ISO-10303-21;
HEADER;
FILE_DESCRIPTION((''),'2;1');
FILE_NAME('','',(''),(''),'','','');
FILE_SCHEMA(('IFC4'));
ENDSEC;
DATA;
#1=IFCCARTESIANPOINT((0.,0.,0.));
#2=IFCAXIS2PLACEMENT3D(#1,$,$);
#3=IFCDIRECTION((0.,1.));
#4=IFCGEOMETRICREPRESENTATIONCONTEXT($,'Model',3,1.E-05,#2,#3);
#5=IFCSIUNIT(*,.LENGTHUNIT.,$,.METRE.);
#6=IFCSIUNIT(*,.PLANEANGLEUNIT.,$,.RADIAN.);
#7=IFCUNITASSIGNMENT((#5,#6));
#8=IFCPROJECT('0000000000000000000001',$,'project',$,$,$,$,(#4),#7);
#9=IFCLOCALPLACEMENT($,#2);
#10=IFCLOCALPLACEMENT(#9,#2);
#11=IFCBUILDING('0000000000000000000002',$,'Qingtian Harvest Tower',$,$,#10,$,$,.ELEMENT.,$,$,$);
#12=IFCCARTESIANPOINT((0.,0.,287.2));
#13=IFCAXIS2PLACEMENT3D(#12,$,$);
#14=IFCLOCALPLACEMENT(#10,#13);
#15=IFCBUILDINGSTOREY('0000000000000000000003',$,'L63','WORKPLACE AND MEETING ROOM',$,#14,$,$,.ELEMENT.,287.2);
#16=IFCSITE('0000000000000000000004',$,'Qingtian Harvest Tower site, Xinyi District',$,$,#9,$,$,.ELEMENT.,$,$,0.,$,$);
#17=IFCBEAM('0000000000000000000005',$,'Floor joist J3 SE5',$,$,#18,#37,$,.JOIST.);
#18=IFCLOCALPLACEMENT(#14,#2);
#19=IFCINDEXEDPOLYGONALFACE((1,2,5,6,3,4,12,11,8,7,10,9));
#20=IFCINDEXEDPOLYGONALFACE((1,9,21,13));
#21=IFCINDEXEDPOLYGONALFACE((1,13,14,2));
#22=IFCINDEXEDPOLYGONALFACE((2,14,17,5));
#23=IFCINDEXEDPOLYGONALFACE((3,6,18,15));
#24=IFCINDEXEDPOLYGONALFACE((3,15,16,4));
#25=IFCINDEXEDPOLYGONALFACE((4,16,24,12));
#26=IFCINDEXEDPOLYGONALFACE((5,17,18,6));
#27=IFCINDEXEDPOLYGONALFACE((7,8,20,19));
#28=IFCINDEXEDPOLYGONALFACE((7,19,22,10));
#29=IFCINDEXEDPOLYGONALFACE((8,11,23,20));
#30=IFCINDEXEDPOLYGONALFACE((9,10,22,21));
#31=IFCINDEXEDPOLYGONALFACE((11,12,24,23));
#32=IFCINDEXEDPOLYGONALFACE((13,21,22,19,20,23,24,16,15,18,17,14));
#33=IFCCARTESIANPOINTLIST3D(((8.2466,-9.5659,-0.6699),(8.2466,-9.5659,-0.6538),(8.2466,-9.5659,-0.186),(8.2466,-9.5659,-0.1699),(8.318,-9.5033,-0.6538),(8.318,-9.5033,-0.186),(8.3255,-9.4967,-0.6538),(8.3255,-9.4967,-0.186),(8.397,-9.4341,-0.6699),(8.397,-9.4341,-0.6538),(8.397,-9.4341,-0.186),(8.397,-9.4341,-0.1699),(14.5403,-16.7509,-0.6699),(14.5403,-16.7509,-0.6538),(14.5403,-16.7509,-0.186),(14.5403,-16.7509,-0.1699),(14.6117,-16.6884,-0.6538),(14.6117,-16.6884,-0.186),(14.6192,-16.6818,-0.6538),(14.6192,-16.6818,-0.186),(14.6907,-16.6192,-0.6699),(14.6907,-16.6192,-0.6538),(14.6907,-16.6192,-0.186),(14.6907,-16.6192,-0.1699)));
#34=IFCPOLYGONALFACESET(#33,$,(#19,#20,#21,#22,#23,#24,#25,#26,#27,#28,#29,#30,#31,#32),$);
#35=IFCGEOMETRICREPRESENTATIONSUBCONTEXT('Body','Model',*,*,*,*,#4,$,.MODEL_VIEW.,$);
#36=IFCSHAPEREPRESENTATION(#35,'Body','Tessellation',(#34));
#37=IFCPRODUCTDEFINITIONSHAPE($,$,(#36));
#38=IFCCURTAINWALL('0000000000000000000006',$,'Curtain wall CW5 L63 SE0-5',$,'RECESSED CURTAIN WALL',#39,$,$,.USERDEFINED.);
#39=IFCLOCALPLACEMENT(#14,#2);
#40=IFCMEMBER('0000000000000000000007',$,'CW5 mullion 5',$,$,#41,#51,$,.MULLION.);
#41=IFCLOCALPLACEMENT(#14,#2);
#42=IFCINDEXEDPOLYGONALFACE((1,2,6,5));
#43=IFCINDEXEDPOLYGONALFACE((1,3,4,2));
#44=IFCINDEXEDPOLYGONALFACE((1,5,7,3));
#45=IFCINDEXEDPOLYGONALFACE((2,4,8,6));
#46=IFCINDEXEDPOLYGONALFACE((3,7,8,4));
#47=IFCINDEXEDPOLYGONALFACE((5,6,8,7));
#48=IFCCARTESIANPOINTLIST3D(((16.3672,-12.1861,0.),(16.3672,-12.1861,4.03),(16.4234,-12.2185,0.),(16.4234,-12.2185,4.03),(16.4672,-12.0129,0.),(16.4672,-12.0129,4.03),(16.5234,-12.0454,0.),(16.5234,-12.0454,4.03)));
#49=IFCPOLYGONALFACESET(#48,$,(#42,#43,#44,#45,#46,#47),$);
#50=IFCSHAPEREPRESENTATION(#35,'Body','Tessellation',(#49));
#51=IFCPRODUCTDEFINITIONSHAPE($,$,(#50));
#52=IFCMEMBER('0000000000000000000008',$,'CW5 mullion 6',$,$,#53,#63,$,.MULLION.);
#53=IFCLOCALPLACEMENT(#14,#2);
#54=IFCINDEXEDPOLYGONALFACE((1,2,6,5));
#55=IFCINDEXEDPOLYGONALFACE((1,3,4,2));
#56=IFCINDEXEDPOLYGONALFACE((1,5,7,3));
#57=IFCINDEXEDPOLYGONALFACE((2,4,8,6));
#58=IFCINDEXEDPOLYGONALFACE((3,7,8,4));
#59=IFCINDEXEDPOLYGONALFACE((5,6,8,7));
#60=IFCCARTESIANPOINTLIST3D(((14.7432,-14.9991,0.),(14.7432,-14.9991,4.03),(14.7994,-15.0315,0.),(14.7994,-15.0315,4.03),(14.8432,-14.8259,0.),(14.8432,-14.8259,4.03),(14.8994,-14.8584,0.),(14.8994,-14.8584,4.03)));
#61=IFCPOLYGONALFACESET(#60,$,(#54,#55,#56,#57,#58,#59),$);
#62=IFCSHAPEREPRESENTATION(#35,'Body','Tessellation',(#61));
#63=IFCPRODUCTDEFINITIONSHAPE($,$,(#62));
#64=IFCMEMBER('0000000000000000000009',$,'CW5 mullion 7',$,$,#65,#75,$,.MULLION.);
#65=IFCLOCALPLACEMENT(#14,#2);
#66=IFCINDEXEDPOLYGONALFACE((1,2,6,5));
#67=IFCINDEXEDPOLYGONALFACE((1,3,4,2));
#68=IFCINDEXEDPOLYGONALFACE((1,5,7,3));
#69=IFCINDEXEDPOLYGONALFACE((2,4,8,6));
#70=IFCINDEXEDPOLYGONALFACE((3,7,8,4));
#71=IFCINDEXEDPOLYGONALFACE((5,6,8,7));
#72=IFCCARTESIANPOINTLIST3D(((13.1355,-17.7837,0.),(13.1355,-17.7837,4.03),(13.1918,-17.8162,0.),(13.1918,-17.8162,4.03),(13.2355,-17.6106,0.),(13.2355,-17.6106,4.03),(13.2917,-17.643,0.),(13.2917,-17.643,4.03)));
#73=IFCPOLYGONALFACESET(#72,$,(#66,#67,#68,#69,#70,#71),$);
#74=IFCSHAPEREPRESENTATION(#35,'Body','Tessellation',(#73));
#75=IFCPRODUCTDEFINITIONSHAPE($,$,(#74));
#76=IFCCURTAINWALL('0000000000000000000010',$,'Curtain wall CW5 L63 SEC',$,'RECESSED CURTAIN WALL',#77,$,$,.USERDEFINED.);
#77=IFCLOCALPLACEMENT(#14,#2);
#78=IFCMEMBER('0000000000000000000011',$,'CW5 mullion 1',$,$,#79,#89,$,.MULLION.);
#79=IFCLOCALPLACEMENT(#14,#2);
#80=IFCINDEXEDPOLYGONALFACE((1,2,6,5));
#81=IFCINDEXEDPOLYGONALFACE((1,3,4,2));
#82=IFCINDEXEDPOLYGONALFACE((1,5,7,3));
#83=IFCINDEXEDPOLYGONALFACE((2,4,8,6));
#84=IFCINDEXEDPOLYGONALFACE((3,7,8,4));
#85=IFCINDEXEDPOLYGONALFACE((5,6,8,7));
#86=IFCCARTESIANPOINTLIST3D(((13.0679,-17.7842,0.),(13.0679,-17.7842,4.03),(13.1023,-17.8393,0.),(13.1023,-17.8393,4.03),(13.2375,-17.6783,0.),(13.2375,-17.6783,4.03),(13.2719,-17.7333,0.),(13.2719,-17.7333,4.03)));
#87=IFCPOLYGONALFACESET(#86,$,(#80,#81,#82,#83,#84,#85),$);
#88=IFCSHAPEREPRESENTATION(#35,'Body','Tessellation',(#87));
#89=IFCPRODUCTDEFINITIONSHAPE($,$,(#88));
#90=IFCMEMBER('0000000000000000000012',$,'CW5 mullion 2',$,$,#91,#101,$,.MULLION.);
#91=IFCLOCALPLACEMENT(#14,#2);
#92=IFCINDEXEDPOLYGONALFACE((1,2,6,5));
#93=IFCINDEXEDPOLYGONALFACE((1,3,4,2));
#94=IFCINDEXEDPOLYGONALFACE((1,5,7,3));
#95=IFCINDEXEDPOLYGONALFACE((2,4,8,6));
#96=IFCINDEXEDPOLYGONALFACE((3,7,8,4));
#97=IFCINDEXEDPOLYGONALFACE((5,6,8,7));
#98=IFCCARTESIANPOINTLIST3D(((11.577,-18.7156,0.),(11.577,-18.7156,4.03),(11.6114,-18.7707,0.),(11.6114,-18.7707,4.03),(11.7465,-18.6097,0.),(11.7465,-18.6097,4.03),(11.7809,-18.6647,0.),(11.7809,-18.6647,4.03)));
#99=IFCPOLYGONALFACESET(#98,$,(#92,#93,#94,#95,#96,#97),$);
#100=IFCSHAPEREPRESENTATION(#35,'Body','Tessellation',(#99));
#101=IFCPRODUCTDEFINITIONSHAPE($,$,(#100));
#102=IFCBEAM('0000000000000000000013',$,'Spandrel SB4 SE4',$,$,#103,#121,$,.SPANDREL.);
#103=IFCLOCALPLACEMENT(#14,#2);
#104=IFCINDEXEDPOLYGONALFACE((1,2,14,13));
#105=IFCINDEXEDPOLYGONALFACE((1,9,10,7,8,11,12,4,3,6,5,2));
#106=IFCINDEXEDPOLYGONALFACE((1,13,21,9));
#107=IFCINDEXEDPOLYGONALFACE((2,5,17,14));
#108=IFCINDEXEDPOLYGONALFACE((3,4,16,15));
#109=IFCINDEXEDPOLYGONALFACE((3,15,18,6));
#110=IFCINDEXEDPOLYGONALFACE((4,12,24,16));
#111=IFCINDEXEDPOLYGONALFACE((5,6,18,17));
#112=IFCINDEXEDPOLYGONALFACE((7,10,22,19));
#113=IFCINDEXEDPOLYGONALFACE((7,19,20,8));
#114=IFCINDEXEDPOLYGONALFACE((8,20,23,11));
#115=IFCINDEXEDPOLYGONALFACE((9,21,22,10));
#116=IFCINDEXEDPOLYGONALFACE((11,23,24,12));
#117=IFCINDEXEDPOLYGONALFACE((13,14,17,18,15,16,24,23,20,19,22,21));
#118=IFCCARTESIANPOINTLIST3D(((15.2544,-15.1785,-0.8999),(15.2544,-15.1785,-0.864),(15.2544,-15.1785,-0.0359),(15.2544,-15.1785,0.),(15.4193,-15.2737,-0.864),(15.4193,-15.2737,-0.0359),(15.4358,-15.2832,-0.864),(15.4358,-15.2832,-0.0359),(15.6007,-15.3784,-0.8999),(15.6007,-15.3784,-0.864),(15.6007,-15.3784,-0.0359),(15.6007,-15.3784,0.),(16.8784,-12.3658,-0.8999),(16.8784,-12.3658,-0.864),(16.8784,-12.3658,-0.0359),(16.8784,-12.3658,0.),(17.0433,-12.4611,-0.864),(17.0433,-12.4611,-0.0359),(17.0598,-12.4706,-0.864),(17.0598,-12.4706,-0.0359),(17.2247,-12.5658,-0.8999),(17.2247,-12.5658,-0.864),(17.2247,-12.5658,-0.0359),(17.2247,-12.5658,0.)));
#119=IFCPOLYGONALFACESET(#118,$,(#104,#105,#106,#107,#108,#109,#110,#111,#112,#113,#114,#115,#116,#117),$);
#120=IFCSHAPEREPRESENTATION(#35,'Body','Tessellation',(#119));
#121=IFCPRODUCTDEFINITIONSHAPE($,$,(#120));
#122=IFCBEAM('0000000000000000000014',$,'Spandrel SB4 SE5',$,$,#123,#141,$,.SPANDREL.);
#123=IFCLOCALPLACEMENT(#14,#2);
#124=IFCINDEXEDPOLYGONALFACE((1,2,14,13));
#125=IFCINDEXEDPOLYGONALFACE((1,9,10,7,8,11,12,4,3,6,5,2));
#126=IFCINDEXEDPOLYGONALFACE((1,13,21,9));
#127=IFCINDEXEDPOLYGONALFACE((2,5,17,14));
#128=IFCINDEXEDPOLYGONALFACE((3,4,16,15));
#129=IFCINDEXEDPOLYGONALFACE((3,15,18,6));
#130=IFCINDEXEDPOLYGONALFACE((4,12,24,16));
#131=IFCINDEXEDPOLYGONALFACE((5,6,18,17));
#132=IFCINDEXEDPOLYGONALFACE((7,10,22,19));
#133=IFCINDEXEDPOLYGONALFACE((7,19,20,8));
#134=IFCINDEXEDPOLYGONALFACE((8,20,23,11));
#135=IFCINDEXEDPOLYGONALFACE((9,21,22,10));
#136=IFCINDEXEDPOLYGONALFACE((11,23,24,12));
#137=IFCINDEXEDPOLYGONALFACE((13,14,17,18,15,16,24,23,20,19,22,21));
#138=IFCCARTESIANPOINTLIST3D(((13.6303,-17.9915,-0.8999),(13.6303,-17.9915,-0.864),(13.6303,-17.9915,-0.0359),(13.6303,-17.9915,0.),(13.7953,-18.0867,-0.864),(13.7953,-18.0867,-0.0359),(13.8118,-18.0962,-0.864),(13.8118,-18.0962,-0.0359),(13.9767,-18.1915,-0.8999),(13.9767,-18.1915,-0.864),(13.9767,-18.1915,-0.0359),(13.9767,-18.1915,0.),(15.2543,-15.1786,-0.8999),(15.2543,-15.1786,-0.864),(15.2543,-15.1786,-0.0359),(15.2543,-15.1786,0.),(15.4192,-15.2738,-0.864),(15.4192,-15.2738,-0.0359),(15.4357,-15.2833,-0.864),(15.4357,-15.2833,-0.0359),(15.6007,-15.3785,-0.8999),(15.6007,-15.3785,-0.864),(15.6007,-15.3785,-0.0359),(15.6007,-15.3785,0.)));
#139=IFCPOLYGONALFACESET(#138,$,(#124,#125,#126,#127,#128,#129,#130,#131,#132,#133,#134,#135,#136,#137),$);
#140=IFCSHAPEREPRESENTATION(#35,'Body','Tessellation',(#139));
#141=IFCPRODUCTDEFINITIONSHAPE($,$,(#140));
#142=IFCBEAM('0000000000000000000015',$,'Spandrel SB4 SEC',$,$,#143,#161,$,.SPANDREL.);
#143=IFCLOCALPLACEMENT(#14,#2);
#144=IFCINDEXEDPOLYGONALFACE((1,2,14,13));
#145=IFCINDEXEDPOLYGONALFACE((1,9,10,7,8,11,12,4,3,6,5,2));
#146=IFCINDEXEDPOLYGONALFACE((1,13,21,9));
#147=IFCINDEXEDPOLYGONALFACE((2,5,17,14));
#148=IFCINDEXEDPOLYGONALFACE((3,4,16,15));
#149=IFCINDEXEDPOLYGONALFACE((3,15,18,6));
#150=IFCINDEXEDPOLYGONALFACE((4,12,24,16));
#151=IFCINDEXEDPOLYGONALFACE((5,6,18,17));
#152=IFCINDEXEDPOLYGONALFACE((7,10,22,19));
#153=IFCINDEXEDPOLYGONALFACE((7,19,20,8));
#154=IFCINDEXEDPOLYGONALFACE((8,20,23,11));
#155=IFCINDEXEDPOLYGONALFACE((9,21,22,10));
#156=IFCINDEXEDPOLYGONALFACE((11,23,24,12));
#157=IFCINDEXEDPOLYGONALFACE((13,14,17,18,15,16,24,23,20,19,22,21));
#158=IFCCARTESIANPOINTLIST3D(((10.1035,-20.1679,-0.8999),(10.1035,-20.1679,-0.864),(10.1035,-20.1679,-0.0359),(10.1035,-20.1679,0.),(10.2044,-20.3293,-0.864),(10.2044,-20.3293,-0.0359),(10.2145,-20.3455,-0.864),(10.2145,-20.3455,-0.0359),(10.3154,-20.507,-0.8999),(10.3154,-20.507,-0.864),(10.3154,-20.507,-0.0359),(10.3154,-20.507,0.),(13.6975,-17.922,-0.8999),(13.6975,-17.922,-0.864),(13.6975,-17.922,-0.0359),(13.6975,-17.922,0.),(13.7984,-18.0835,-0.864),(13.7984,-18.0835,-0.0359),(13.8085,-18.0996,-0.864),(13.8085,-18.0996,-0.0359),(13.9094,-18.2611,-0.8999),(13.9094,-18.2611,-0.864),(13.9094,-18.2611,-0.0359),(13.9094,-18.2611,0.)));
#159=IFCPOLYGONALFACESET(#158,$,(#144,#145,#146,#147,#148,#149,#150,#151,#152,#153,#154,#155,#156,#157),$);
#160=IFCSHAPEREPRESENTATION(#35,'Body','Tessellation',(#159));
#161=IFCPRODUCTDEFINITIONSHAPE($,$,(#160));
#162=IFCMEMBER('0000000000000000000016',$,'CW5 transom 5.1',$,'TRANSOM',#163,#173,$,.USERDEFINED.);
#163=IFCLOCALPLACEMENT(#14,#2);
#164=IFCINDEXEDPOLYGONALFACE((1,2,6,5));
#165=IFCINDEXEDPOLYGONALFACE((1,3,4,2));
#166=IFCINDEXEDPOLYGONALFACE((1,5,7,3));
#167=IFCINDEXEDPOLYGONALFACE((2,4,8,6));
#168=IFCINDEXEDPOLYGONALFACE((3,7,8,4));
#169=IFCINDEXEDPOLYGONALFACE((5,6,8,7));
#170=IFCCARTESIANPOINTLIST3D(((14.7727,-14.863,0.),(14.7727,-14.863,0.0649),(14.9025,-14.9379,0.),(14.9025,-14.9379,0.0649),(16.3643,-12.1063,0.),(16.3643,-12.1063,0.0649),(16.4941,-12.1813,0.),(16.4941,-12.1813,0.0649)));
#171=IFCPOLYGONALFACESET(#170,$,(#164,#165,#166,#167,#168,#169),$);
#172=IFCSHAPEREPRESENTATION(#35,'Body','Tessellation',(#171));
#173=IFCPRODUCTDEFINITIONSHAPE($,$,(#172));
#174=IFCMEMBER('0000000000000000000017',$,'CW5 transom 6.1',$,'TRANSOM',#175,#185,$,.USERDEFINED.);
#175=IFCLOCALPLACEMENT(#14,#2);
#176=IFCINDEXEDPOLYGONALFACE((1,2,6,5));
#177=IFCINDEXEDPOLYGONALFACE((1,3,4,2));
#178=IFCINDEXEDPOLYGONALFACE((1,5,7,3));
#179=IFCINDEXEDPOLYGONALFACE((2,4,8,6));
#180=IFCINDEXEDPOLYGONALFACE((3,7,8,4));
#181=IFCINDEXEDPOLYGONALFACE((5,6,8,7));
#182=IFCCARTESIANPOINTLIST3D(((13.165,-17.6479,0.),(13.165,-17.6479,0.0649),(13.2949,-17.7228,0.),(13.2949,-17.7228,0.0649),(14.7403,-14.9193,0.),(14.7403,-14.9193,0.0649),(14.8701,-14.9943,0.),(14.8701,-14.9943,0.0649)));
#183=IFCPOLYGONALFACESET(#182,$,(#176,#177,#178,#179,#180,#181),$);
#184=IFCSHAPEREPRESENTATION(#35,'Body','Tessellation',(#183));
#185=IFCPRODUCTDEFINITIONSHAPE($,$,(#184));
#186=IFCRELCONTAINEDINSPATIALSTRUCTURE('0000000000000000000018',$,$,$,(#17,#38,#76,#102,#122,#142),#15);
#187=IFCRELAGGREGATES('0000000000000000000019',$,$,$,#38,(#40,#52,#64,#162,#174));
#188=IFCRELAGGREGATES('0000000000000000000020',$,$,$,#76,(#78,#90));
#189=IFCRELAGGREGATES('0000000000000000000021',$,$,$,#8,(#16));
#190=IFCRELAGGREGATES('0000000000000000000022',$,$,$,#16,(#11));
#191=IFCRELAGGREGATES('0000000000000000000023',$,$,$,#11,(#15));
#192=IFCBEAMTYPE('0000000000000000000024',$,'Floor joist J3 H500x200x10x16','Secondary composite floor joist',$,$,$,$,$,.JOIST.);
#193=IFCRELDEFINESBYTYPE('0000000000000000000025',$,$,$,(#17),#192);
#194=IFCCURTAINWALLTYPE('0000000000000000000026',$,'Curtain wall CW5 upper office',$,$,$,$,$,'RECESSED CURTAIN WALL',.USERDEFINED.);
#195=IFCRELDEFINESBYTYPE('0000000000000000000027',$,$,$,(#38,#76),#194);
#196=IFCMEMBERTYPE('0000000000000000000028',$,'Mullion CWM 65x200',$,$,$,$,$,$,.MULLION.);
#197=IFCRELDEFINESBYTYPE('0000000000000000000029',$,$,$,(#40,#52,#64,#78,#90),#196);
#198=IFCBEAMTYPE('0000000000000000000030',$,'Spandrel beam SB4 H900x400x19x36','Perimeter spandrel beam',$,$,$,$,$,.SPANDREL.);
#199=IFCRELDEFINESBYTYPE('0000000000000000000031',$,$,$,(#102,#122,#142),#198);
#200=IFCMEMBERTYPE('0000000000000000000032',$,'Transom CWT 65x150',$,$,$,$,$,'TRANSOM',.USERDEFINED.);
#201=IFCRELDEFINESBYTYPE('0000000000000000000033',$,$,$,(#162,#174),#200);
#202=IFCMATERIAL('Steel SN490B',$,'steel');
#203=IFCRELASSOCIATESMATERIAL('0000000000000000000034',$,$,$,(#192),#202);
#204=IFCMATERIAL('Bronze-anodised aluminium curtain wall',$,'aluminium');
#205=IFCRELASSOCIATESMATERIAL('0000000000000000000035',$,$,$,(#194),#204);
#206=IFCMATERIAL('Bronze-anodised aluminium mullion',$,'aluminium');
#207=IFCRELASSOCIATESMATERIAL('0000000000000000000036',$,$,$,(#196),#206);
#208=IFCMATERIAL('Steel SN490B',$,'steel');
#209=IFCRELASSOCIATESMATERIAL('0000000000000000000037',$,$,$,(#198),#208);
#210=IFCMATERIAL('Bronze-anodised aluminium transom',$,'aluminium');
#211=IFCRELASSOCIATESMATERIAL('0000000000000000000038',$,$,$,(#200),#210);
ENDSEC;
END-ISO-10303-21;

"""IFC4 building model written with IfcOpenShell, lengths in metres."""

from ifc_helpers import new_model, si_unit, direction, frame, origin, origin_2d, place, context, subcontext, project, spatial, rectangle, i_section, extrude, material, material_profile, profile_set, type_object, element, aggregate, save


model = new_model("IFC4")

# Units and contexts
model_context = context("Model", 3, precision=1e-05, world=origin(), true_north=direction((0.0, 1.0)))
body_context = subcontext(model_context, "Body", "Model", "MODEL_VIEW")
ifc_project = project(units=[si_unit("LENGTHUNIT", "METRE"), si_unit("PLANEANGLEUNIT", "RADIAN")], contexts=[model_context])

# Site, building, storey
site_placement = place(None, origin())
site = spatial("IfcSite", under=ifc_project, at=site_placement, Name="Qingtian Harvest Tower site, Xinyi District", CompositionType="ELEMENT", RefElevation=0.0)
building_placement = place(site_placement, origin())
building = spatial("IfcBuilding", under=site, at=building_placement, Name="Qingtian Harvest Tower", CompositionType="ELEMENT")
storey_placement = place(building_placement, frame((0.0, 0.0, 287.2)))
storey = spatial("IfcBuildingStorey", under=building, at=storey_placement, Name="L63", Description="WORKPLACE AND MEETING ROOM", CompositionType="ELEMENT", Elevation=287.2)

# Beam
ifc_material_1 = material(Name="Steel SN490B", Category="steel")
ifc_material_profile_1 = material_profile(ifc_material_1, i_section(OverallWidth=0.2, OverallDepth=0.5, WebThickness=0.01, FlangeThickness=0.0161, at=origin_2d()), Name="H500x200x10x16")
ifc_profile_set_1 = profile_set([ifc_material_profile_1], Name="Steel SN490B")
beam_type_1 = type_object("IfcBeamType", Name="Floor joist J3 H500x200x10x16", Description="Secondary composite floor joist", PredefinedType="JOIST", material=ifc_profile_set_1)
beam_1_placement = place(storey_placement, frame((14.6155, -16.6851, -0.4199), z_axis=(-0.658906, 0.752225, 0.0), x_axis=(-0.752225, -0.658906, 0.0)))
element("IfcBeam", 1, at=beam_1_placement, inside=storey, type_object=beam_type_1, Name="Floor joist J3 SE5", PredefinedType="JOIST", context=body_context, shape_type="SweptSolid", body=[
    extrude(i_section(OverallWidth=0.2, OverallDepth=0.5, WebThickness=0.01, FlangeThickness=0.0161, at=origin_2d()), origin(), (0.0, 0.0, 1.0), 9.5518),
])

# Curtain walls, members
ifc_material_2 = material(Name="Bronze-anodised aluminium curtain wall", Category="aluminium")
curtain_wall_type = type_object("IfcCurtainWallType", Name="Curtain wall CW5 upper office", ElementType="RECESSED CURTAIN WALL", PredefinedType="USERDEFINED", material=ifc_material_2)
curtain_wall_1_placement = place(storey_placement, origin())
curtain_wall_1 = element("IfcCurtainWall", 2, at=curtain_wall_1_placement, inside=storey, type_object=curtain_wall_type, Name="Curtain wall CW5 L63 SE0-5", ObjectType="RECESSED CURTAIN WALL", PredefinedType="USERDEFINED")
ifc_material_3 = material(Name="Bronze-anodised aluminium mullion", Category="aluminium")
ifc_material_profile_2 = material_profile(ifc_material_3, rectangle(XDim=0.0649, YDim=0.2, at=origin_2d()), Name="AL 65x200")
ifc_profile_set_2 = profile_set([ifc_material_profile_2], Name="Bronze-anodised aluminium mullion")
member_type_1 = type_object("IfcMemberType", Name="Mullion CWM 65x200", PredefinedType="MULLION", material=ifc_profile_set_2)
member_1_placement = place(storey_placement, frame((16.4453, -12.1157, 0.0), z_axis=(0.0, 0.0, 1.0), x_axis=(0.866025, -0.5, 0.0)))
member_1 = element("IfcMember", 3, at=member_1_placement, type_object=member_type_1, Name="CW5 mullion 5", PredefinedType="MULLION", context=body_context, shape_type="SweptSolid", body=[
    extrude(rectangle(XDim=0.0649, YDim=0.2, at=origin_2d()), origin(), (0.0, 0.0, 1.0), 4.03),
])
member_2_placement = place(storey_placement, frame((14.8213, -14.9287, 0.0), z_axis=(0.0, 0.0, 1.0), x_axis=(0.866025, -0.5, 0.0)))
member_2 = element("IfcMember", 4, at=member_2_placement, type_object=member_type_1, Name="CW5 mullion 6", PredefinedType="MULLION", context=body_context, shape_type="SweptSolid", body=[
    extrude(rectangle(XDim=0.0649, YDim=0.2, at=origin_2d()), origin(), (0.0, 0.0, 1.0), 4.03),
])
member_3_placement = place(storey_placement, frame((13.2136, -17.7134, 0.0), z_axis=(0.0, 0.0, 1.0), x_axis=(0.866025, -0.5, 0.0)))
member_3 = element("IfcMember", 5, at=member_3_placement, type_object=member_type_1, Name="CW5 mullion 7", PredefinedType="MULLION", context=body_context, shape_type="SweptSolid", body=[
    extrude(rectangle(XDim=0.0649, YDim=0.2, at=origin_2d()), origin(), (0.0, 0.0, 1.0), 4.03),
])
curtain_wall_2_placement = place(storey_placement, origin())
curtain_wall_2 = element("IfcCurtainWall", 6, at=curtain_wall_2_placement, inside=storey, type_object=curtain_wall_type, Name="Curtain wall CW5 L63 SEC", ObjectType="RECESSED CURTAIN WALL", PredefinedType="USERDEFINED")
member_4_placement = place(storey_placement, frame((13.1699, -17.7588, 0.0), z_axis=(0.0, 0.0, 1.0), x_axis=(0.529919, -0.848048, 0.0)))
member_4 = element("IfcMember", 7, at=member_4_placement, type_object=member_type_1, Name="CW5 mullion 1", PredefinedType="MULLION", context=body_context, shape_type="SweptSolid", body=[
    extrude(rectangle(XDim=0.0649, YDim=0.2, at=origin_2d()), origin(), (0.0, 0.0, 1.0), 4.03),
])
member_5_placement = place(storey_placement, frame((11.679, -18.6902, 0.0), z_axis=(0.0, 0.0, 1.0), x_axis=(0.529919, -0.848048, 0.0)))
member_5 = element("IfcMember", 8, at=member_5_placement, type_object=member_type_1, Name="CW5 mullion 2", PredefinedType="MULLION", context=body_context, shape_type="SweptSolid", body=[
    extrude(rectangle(XDim=0.0649, YDim=0.2, at=origin_2d()), origin(), (0.0, 0.0, 1.0), 4.03),
])

# Beams
ifc_material_4 = material(Name="Steel SN490B", Category="steel")
ifc_material_profile_3 = material_profile(ifc_material_4, i_section(OverallWidth=0.3999, OverallDepth=0.8999, WebThickness=0.019, FlangeThickness=0.0359, at=origin_2d()), Name="H900x400x19x36")
ifc_profile_set_3 = profile_set([ifc_material_profile_3], Name="Steel SN490B")
beam_type_2 = type_object("IfcBeamType", Name="Spandrel beam SB4 H900x400x19x36", Description="Perimeter spandrel beam", PredefinedType="SPANDREL", material=ifc_profile_set_3)
beam_2_placement = place(storey_placement, frame((17.0515, -12.4658, -0.45), z_axis=(-0.50002, -0.866014, 0.0), x_axis=(0.866014, -0.50002, 0.0)))
element("IfcBeam", 9, at=beam_2_placement, inside=storey, type_object=beam_type_2, Name="Spandrel SB4 SE4", PredefinedType="SPANDREL", context=body_context, shape_type="SweptSolid", body=[
    extrude(i_section(OverallWidth=0.3999, OverallDepth=0.8999, WebThickness=0.019, FlangeThickness=0.0359, at=origin_2d()), origin(), (0.0, 0.0, 1.0), 3.2478),
])
beam_3_placement = place(storey_placement, frame((15.4275, -15.2786, -0.45), z_axis=(-0.499987, -0.866033, 0.0), x_axis=(0.866033, -0.499987, 0.0)))
element("IfcBeam", 10, at=beam_3_placement, inside=storey, type_object=beam_type_2, Name="Spandrel SB4 SE5", PredefinedType="SPANDREL", context=body_context, shape_type="SweptSolid", body=[
    extrude(i_section(OverallWidth=0.3999, OverallDepth=0.8999, WebThickness=0.019, FlangeThickness=0.0359, at=origin_2d()), origin(), (0.0, 0.0, 1.0), 3.248),
])
beam_4_placement = place(storey_placement, frame((13.8035, -18.0916, -0.45), z_axis=(-0.84804, -0.529932, 0.0), x_axis=(0.529932, -0.84804, 0.0)))
element("IfcBeam", 11, at=beam_4_placement, inside=storey, type_object=beam_type_2, Name="Spandrel SB4 SEC", PredefinedType="SPANDREL", context=body_context, shape_type="SweptSolid", body=[
    extrude(i_section(OverallWidth=0.3999, OverallDepth=0.8999, WebThickness=0.019, FlangeThickness=0.0359, at=origin_2d()), origin(), (0.0, 0.0, 1.0), 4.238),
])

# Members
ifc_material_5 = material(Name="Bronze-anodised aluminium transom", Category="aluminium")
ifc_material_profile_4 = material_profile(ifc_material_5, rectangle(XDim=0.1499, YDim=0.0649, at=origin_2d()), Name="AL 65x150")
ifc_profile_set_4 = profile_set([ifc_material_profile_4], Name="Bronze-anodised aluminium transom")
member_type_2 = type_object("IfcMemberType", Name="Transom CWT 65x150", ElementType="TRANSOM", PredefinedType="USERDEFINED", material=ifc_profile_set_4)
member_6_placement = place(storey_placement, frame((16.4292, -12.1438, 0.0325), z_axis=(-0.500008, -0.866021, 0.0), x_axis=(0.866021, -0.500008, 0.0)))
member_6 = element("IfcMember", 12, at=member_6_placement, type_object=member_type_2, Name="CW5 transom 5.1", ObjectType="TRANSOM", PredefinedType="USERDEFINED", context=body_context, shape_type="SweptSolid", body=[
    extrude(rectangle(XDim=0.1499, YDim=0.0649, at=origin_2d()), origin(), (0.0, 0.0, 1.0), 3.1831),
])
member_7_placement = place(storey_placement, frame((14.8052, -14.9568, 0.0325), z_axis=(-0.499973, -0.866041, 0.0), x_axis=(0.866041, -0.499973, 0.0)))
member_7 = element("IfcMember", 13, at=member_7_placement, type_object=member_type_2, Name="CW5 transom 6.1", ObjectType="TRANSOM", PredefinedType="USERDEFINED", context=body_context, shape_type="SweptSolid", body=[
    extrude(rectangle(XDim=0.1499, YDim=0.0649, at=origin_2d()), origin(), (0.0, 0.0, 1.0), 3.1506),
])

aggregate(curtain_wall_1, [member_1, member_2, member_3, member_6, member_7])
aggregate(curtain_wall_2, [member_4, member_5])

save(model, "model.ifc")
